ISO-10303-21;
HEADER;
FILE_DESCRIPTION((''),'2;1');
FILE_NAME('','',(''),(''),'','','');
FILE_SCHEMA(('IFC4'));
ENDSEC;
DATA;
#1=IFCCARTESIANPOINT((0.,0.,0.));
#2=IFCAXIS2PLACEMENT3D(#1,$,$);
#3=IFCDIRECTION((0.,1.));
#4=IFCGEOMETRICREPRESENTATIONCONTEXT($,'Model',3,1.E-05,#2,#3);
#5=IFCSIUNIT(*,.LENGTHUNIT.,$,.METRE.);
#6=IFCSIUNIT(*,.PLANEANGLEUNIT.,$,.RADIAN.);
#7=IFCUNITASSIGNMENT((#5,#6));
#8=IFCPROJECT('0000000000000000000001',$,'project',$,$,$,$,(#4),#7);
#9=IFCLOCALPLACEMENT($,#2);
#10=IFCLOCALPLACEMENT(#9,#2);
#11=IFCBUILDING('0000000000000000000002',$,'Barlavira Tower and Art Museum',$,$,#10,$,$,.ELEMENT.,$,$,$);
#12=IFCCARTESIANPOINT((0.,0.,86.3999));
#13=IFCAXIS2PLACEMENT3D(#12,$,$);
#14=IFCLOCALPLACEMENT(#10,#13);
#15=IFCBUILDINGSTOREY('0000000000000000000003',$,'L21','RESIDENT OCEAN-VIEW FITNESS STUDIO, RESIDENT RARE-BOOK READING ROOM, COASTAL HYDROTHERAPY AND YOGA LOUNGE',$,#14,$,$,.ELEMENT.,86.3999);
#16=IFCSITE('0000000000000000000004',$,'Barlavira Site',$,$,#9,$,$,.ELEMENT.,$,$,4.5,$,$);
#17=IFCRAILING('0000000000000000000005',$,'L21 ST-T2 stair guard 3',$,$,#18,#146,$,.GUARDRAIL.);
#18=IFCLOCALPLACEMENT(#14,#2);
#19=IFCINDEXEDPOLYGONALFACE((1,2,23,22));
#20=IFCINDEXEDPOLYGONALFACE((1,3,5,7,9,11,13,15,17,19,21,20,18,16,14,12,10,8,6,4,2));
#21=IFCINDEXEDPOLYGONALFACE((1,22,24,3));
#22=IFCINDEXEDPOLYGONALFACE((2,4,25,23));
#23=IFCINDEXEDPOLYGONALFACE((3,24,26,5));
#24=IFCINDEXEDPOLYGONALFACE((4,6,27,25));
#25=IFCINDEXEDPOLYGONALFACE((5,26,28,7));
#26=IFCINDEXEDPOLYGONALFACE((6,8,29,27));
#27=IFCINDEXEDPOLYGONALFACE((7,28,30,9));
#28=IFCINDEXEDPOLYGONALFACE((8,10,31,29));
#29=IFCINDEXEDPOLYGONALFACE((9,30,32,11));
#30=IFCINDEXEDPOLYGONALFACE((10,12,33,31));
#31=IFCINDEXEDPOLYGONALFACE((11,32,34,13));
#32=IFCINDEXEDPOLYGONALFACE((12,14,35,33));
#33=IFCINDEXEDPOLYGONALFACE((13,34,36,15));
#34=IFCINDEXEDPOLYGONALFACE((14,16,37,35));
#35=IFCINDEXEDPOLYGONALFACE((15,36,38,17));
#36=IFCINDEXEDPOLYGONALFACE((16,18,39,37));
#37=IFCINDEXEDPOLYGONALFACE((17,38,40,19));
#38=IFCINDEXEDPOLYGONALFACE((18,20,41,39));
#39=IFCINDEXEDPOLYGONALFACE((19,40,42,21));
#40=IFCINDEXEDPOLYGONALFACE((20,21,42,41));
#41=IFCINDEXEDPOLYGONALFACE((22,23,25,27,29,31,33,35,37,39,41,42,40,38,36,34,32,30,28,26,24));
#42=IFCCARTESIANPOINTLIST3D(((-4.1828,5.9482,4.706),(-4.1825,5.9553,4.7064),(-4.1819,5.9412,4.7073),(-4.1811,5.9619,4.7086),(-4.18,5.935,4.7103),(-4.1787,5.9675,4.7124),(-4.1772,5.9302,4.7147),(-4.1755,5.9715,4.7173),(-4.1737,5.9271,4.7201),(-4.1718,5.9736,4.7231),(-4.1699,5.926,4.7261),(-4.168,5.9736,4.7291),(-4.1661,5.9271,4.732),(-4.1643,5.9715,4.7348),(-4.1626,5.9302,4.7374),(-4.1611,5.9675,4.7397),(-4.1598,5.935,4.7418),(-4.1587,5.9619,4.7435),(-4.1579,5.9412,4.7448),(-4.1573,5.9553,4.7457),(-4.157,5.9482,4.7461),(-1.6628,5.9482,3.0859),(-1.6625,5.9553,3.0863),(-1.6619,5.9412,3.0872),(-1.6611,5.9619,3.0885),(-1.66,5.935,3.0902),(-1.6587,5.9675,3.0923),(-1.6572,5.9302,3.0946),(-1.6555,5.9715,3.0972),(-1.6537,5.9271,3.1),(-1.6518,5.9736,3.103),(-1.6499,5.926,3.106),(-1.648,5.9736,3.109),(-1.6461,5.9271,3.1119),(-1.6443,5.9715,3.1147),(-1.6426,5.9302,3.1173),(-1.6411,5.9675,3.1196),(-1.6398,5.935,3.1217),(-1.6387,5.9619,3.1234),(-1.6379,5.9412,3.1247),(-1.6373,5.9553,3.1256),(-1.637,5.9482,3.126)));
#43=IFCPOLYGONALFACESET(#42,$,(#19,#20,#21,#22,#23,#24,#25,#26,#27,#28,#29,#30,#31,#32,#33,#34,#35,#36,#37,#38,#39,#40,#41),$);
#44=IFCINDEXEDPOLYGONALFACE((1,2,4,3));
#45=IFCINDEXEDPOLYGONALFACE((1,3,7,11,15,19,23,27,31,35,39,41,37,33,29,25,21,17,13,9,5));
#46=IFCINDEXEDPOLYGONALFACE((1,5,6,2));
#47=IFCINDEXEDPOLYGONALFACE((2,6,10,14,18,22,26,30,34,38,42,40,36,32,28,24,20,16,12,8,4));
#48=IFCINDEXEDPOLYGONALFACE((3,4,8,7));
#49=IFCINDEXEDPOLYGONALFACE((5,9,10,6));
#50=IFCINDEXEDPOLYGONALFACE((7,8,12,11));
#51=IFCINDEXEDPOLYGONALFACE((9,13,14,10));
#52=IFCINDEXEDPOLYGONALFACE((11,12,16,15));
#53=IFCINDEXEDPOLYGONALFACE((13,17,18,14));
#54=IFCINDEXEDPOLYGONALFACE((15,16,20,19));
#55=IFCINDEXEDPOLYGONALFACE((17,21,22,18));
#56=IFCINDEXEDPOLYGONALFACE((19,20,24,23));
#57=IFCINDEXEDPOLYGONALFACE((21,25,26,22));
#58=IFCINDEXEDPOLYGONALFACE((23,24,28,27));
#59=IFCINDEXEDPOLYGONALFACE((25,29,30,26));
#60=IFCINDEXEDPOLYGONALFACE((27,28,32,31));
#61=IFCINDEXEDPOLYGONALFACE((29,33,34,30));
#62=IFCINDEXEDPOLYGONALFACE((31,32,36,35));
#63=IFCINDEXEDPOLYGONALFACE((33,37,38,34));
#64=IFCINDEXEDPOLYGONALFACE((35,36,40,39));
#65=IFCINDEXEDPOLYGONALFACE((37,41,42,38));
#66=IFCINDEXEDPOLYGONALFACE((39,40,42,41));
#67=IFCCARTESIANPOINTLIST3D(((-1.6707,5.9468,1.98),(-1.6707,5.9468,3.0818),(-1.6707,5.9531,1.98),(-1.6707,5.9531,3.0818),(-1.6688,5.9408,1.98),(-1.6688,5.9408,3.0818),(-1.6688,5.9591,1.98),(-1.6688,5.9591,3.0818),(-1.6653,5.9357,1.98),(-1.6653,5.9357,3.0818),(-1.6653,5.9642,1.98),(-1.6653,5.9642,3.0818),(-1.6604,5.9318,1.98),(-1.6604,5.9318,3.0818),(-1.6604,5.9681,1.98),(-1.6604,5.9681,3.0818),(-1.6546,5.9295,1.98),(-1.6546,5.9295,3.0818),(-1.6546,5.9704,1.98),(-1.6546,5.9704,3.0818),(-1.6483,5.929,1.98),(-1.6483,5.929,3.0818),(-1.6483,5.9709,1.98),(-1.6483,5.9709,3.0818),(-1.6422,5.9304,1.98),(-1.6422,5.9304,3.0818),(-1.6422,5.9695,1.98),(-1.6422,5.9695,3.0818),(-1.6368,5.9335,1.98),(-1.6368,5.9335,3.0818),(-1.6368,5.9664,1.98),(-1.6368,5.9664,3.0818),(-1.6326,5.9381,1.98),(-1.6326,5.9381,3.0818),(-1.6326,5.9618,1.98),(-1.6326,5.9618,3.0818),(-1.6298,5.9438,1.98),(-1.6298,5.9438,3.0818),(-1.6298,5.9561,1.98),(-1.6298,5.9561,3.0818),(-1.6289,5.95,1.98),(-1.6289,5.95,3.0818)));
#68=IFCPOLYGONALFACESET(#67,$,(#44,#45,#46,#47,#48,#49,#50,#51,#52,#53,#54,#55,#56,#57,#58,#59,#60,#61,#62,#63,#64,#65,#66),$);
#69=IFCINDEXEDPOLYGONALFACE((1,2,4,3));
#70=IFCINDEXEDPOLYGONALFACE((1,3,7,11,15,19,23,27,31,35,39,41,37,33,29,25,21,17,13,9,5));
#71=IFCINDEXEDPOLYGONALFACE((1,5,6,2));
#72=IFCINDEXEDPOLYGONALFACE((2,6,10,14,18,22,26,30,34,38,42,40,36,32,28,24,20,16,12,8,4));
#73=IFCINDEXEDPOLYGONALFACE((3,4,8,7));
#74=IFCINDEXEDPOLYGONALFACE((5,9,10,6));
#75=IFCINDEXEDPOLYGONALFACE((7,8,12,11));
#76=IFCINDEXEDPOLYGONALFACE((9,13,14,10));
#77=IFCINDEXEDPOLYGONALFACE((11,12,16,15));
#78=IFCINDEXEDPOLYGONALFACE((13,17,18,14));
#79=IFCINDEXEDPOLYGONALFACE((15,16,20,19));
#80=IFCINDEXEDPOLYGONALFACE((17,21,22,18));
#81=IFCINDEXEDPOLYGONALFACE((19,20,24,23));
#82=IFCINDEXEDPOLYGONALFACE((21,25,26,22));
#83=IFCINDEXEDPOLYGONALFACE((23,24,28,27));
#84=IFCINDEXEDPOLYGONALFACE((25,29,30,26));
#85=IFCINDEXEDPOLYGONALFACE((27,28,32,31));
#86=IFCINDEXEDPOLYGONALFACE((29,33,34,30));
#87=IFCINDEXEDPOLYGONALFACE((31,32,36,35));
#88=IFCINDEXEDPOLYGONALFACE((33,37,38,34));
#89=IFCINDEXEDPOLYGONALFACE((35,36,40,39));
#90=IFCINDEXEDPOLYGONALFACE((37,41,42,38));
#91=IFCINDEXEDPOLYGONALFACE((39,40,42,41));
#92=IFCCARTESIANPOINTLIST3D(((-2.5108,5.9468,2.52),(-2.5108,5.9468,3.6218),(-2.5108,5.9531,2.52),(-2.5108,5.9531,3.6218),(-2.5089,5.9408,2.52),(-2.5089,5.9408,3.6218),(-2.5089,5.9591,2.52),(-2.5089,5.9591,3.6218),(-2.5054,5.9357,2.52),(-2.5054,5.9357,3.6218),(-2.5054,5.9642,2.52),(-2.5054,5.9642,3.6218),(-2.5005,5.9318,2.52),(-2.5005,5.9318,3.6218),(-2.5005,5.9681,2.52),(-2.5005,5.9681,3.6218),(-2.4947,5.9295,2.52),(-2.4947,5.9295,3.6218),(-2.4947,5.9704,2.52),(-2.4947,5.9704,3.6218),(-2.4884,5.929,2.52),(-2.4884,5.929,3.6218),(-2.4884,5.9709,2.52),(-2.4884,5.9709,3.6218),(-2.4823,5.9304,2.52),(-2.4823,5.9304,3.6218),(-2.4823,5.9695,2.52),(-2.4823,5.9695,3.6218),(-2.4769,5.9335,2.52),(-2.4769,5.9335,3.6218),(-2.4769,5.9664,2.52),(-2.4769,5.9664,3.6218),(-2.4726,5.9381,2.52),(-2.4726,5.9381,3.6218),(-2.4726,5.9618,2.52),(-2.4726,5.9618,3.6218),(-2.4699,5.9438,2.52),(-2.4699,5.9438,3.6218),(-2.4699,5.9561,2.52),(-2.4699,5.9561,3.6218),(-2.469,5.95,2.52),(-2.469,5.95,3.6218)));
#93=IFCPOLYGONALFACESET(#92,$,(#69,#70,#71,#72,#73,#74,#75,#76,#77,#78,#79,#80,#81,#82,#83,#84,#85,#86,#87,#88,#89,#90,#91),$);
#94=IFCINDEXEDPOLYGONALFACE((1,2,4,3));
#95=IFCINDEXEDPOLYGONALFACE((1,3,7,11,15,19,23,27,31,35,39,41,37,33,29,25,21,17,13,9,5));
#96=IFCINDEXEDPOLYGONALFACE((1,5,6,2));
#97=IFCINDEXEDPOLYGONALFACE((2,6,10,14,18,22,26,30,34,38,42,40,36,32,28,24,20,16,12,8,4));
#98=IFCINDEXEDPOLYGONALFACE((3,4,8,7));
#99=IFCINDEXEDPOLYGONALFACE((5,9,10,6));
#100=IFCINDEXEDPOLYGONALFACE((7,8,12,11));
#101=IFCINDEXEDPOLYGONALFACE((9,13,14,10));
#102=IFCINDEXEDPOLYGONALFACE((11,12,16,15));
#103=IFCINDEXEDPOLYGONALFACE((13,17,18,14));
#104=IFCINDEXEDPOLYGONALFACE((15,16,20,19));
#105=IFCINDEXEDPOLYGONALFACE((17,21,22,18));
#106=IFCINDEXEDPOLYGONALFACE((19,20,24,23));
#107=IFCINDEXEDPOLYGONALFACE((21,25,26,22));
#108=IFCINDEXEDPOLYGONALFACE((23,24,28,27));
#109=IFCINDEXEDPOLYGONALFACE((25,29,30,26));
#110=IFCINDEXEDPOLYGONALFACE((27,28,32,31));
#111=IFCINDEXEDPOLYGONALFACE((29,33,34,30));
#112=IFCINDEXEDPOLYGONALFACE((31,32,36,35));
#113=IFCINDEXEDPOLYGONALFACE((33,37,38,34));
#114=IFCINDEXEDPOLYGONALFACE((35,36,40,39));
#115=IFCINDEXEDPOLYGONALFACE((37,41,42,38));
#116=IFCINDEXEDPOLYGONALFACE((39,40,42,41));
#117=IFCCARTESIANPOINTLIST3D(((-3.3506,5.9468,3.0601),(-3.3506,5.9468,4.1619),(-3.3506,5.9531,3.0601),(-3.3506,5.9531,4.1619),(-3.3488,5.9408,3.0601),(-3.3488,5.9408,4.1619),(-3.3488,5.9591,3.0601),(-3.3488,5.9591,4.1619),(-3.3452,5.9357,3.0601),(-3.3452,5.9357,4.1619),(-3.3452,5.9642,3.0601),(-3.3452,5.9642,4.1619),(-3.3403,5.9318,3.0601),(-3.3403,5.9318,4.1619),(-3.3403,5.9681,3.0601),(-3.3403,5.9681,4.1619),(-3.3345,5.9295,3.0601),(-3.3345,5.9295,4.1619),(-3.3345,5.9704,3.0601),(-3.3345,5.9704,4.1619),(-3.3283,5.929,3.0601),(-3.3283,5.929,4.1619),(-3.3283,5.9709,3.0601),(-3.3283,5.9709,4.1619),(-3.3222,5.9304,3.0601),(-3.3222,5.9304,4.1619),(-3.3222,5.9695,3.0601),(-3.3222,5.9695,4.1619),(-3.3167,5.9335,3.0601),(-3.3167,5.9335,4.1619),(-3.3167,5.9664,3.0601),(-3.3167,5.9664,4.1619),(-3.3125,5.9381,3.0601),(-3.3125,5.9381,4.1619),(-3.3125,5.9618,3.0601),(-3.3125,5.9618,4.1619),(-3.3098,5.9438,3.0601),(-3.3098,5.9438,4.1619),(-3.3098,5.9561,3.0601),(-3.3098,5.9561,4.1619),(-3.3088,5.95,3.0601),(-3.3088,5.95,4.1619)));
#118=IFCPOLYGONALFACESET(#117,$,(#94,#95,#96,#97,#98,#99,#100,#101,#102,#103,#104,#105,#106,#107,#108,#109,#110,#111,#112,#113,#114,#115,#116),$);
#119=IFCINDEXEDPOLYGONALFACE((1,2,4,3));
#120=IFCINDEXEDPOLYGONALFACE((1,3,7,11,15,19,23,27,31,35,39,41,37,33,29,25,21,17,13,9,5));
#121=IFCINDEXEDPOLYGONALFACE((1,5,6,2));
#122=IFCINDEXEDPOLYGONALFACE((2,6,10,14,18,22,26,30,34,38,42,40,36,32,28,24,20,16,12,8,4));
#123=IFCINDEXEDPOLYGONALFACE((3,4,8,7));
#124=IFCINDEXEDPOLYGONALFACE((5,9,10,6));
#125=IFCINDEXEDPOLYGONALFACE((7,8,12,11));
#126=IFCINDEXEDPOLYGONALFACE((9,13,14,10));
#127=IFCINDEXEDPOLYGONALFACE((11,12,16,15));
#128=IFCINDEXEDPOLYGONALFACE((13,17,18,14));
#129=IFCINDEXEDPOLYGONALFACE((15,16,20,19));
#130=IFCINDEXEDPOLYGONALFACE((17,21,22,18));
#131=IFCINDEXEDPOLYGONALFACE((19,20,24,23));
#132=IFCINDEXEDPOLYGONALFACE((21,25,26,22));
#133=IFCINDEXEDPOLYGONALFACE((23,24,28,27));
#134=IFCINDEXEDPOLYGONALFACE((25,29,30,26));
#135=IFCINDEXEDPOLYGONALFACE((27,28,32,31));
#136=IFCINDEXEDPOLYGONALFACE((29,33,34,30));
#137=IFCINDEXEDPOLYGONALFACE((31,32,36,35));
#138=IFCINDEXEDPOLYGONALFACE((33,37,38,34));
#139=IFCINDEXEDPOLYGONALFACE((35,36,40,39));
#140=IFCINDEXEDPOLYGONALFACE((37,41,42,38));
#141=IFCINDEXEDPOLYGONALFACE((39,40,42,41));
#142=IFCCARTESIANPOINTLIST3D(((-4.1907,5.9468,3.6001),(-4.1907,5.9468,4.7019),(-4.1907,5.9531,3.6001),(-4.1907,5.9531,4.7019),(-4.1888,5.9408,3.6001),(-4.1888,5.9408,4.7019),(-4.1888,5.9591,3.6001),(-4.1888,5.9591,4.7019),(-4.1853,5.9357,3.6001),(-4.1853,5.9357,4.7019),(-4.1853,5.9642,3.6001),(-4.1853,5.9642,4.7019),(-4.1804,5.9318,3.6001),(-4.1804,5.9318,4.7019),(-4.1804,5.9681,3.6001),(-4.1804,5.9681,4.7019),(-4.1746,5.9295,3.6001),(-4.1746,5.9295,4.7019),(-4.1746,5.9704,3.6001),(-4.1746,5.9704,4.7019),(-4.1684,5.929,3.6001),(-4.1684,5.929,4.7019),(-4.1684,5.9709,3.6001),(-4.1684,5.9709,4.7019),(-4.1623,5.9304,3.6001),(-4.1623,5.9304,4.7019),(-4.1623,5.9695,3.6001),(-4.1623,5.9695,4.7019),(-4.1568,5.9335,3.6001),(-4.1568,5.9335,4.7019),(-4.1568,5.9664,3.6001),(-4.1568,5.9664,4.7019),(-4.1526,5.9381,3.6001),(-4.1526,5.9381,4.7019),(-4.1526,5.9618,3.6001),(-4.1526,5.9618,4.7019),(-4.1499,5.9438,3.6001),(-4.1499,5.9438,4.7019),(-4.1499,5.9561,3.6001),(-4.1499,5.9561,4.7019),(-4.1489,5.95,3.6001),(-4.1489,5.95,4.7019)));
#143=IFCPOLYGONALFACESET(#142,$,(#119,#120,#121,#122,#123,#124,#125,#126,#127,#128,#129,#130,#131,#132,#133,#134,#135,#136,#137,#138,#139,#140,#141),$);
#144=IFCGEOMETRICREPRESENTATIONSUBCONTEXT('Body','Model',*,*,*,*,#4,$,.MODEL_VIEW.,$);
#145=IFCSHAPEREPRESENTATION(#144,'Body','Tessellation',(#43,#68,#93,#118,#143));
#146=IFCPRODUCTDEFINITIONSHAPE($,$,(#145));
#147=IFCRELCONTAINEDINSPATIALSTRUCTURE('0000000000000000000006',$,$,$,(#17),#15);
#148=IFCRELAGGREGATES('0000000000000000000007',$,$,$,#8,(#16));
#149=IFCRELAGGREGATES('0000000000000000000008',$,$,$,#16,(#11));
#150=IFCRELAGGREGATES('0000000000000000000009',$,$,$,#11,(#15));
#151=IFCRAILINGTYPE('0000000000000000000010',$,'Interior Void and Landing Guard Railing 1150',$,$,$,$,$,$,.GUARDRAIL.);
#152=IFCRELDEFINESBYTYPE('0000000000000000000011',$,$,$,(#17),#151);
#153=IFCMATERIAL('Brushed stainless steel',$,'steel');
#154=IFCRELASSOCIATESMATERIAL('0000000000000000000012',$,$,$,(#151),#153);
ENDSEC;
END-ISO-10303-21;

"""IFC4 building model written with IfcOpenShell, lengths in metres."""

from ifc_helpers import new_model, si_unit, direction, frame, origin, origin_2d, place, context, subcontext, project, spatial, circle, extrude, material, type_object, element, save


model = new_model("IFC4")

# Units and contexts
model_context = context("Model", 3, precision=1e-05, world=origin(), true_north=direction((0.0, 1.0)))
body_context = subcontext(model_context, "Body", "Model", "MODEL_VIEW")
ifc_project = project(units=[si_unit("LENGTHUNIT", "METRE"), si_unit("PLANEANGLEUNIT", "RADIAN")], contexts=[model_context])

# Site, building, storey
site_placement = place(None, origin())
site = spatial("IfcSite", under=ifc_project, at=site_placement, Name="Barlavira Site", CompositionType="ELEMENT", RefElevation=4.5)
building_placement = place(site_placement, origin())
building = spatial("IfcBuilding", under=site, at=building_placement, Name="Barlavira Tower and Art Museum", CompositionType="ELEMENT")
storey_placement = place(building_placement, frame((0.0, 0.0, 86.3999)))
storey = spatial("IfcBuildingStorey", under=building, at=storey_placement, Name="L21", Description="RESIDENT OCEAN-VIEW FITNESS STUDIO, RESIDENT RARE-BOOK READING ROOM, COASTAL HYDROTHERAPY AND YOGA LOUNGE", CompositionType="ELEMENT", Elevation=86.3999)

# Shared definitions
ifc_material_1 = material(Name="Brushed stainless steel", Category="steel")

# Railing
railing_type_1 = type_object("IfcRailingType", Name="Interior Void and Landing Guard Railing 1150", PredefinedType="GUARDRAIL", material=ifc_material_1)
railing_1_placement = place(storey_placement, frame((-1.6499, 5.95, 1.98)))
element("IfcRailing", 1, at=railing_1_placement, inside=storey, type_object=railing_type_1, Name="L21 ST-T2 stair guard 3", PredefinedType="GUARDRAIL", context=body_context, shape_type="SweptSolid", body=[
    extrude(circle(Radius=0.0239, at=origin_2d()), frame((0.0, 0.0, 1.126), z_axis=(-0.841163, 0.0, 0.540782), x_axis=(0.0, -1.0, 0.0)), (0.0, 0.0, 1.0), 2.9958),
    extrude(circle(Radius=0.021, at=origin_2d()), origin(), (0.0, 0.0, 1.0), 1.1018),
    extrude(circle(Radius=0.021, at=origin_2d()), frame((-0.8401, 0.0, 0.54)), (0.0, 0.0, 1.0), 1.1018),
    extrude(circle(Radius=0.021, at=origin_2d()), frame((-1.6799, 0.0, 1.0801)), (0.0, 0.0, 1.0), 1.1018),
    extrude(circle(Radius=0.021, at=origin_2d()), frame((-2.52, 0.0, 1.6201)), (0.0, 0.0, 1.0), 1.1018),
])

save(model, "model.ifc")
